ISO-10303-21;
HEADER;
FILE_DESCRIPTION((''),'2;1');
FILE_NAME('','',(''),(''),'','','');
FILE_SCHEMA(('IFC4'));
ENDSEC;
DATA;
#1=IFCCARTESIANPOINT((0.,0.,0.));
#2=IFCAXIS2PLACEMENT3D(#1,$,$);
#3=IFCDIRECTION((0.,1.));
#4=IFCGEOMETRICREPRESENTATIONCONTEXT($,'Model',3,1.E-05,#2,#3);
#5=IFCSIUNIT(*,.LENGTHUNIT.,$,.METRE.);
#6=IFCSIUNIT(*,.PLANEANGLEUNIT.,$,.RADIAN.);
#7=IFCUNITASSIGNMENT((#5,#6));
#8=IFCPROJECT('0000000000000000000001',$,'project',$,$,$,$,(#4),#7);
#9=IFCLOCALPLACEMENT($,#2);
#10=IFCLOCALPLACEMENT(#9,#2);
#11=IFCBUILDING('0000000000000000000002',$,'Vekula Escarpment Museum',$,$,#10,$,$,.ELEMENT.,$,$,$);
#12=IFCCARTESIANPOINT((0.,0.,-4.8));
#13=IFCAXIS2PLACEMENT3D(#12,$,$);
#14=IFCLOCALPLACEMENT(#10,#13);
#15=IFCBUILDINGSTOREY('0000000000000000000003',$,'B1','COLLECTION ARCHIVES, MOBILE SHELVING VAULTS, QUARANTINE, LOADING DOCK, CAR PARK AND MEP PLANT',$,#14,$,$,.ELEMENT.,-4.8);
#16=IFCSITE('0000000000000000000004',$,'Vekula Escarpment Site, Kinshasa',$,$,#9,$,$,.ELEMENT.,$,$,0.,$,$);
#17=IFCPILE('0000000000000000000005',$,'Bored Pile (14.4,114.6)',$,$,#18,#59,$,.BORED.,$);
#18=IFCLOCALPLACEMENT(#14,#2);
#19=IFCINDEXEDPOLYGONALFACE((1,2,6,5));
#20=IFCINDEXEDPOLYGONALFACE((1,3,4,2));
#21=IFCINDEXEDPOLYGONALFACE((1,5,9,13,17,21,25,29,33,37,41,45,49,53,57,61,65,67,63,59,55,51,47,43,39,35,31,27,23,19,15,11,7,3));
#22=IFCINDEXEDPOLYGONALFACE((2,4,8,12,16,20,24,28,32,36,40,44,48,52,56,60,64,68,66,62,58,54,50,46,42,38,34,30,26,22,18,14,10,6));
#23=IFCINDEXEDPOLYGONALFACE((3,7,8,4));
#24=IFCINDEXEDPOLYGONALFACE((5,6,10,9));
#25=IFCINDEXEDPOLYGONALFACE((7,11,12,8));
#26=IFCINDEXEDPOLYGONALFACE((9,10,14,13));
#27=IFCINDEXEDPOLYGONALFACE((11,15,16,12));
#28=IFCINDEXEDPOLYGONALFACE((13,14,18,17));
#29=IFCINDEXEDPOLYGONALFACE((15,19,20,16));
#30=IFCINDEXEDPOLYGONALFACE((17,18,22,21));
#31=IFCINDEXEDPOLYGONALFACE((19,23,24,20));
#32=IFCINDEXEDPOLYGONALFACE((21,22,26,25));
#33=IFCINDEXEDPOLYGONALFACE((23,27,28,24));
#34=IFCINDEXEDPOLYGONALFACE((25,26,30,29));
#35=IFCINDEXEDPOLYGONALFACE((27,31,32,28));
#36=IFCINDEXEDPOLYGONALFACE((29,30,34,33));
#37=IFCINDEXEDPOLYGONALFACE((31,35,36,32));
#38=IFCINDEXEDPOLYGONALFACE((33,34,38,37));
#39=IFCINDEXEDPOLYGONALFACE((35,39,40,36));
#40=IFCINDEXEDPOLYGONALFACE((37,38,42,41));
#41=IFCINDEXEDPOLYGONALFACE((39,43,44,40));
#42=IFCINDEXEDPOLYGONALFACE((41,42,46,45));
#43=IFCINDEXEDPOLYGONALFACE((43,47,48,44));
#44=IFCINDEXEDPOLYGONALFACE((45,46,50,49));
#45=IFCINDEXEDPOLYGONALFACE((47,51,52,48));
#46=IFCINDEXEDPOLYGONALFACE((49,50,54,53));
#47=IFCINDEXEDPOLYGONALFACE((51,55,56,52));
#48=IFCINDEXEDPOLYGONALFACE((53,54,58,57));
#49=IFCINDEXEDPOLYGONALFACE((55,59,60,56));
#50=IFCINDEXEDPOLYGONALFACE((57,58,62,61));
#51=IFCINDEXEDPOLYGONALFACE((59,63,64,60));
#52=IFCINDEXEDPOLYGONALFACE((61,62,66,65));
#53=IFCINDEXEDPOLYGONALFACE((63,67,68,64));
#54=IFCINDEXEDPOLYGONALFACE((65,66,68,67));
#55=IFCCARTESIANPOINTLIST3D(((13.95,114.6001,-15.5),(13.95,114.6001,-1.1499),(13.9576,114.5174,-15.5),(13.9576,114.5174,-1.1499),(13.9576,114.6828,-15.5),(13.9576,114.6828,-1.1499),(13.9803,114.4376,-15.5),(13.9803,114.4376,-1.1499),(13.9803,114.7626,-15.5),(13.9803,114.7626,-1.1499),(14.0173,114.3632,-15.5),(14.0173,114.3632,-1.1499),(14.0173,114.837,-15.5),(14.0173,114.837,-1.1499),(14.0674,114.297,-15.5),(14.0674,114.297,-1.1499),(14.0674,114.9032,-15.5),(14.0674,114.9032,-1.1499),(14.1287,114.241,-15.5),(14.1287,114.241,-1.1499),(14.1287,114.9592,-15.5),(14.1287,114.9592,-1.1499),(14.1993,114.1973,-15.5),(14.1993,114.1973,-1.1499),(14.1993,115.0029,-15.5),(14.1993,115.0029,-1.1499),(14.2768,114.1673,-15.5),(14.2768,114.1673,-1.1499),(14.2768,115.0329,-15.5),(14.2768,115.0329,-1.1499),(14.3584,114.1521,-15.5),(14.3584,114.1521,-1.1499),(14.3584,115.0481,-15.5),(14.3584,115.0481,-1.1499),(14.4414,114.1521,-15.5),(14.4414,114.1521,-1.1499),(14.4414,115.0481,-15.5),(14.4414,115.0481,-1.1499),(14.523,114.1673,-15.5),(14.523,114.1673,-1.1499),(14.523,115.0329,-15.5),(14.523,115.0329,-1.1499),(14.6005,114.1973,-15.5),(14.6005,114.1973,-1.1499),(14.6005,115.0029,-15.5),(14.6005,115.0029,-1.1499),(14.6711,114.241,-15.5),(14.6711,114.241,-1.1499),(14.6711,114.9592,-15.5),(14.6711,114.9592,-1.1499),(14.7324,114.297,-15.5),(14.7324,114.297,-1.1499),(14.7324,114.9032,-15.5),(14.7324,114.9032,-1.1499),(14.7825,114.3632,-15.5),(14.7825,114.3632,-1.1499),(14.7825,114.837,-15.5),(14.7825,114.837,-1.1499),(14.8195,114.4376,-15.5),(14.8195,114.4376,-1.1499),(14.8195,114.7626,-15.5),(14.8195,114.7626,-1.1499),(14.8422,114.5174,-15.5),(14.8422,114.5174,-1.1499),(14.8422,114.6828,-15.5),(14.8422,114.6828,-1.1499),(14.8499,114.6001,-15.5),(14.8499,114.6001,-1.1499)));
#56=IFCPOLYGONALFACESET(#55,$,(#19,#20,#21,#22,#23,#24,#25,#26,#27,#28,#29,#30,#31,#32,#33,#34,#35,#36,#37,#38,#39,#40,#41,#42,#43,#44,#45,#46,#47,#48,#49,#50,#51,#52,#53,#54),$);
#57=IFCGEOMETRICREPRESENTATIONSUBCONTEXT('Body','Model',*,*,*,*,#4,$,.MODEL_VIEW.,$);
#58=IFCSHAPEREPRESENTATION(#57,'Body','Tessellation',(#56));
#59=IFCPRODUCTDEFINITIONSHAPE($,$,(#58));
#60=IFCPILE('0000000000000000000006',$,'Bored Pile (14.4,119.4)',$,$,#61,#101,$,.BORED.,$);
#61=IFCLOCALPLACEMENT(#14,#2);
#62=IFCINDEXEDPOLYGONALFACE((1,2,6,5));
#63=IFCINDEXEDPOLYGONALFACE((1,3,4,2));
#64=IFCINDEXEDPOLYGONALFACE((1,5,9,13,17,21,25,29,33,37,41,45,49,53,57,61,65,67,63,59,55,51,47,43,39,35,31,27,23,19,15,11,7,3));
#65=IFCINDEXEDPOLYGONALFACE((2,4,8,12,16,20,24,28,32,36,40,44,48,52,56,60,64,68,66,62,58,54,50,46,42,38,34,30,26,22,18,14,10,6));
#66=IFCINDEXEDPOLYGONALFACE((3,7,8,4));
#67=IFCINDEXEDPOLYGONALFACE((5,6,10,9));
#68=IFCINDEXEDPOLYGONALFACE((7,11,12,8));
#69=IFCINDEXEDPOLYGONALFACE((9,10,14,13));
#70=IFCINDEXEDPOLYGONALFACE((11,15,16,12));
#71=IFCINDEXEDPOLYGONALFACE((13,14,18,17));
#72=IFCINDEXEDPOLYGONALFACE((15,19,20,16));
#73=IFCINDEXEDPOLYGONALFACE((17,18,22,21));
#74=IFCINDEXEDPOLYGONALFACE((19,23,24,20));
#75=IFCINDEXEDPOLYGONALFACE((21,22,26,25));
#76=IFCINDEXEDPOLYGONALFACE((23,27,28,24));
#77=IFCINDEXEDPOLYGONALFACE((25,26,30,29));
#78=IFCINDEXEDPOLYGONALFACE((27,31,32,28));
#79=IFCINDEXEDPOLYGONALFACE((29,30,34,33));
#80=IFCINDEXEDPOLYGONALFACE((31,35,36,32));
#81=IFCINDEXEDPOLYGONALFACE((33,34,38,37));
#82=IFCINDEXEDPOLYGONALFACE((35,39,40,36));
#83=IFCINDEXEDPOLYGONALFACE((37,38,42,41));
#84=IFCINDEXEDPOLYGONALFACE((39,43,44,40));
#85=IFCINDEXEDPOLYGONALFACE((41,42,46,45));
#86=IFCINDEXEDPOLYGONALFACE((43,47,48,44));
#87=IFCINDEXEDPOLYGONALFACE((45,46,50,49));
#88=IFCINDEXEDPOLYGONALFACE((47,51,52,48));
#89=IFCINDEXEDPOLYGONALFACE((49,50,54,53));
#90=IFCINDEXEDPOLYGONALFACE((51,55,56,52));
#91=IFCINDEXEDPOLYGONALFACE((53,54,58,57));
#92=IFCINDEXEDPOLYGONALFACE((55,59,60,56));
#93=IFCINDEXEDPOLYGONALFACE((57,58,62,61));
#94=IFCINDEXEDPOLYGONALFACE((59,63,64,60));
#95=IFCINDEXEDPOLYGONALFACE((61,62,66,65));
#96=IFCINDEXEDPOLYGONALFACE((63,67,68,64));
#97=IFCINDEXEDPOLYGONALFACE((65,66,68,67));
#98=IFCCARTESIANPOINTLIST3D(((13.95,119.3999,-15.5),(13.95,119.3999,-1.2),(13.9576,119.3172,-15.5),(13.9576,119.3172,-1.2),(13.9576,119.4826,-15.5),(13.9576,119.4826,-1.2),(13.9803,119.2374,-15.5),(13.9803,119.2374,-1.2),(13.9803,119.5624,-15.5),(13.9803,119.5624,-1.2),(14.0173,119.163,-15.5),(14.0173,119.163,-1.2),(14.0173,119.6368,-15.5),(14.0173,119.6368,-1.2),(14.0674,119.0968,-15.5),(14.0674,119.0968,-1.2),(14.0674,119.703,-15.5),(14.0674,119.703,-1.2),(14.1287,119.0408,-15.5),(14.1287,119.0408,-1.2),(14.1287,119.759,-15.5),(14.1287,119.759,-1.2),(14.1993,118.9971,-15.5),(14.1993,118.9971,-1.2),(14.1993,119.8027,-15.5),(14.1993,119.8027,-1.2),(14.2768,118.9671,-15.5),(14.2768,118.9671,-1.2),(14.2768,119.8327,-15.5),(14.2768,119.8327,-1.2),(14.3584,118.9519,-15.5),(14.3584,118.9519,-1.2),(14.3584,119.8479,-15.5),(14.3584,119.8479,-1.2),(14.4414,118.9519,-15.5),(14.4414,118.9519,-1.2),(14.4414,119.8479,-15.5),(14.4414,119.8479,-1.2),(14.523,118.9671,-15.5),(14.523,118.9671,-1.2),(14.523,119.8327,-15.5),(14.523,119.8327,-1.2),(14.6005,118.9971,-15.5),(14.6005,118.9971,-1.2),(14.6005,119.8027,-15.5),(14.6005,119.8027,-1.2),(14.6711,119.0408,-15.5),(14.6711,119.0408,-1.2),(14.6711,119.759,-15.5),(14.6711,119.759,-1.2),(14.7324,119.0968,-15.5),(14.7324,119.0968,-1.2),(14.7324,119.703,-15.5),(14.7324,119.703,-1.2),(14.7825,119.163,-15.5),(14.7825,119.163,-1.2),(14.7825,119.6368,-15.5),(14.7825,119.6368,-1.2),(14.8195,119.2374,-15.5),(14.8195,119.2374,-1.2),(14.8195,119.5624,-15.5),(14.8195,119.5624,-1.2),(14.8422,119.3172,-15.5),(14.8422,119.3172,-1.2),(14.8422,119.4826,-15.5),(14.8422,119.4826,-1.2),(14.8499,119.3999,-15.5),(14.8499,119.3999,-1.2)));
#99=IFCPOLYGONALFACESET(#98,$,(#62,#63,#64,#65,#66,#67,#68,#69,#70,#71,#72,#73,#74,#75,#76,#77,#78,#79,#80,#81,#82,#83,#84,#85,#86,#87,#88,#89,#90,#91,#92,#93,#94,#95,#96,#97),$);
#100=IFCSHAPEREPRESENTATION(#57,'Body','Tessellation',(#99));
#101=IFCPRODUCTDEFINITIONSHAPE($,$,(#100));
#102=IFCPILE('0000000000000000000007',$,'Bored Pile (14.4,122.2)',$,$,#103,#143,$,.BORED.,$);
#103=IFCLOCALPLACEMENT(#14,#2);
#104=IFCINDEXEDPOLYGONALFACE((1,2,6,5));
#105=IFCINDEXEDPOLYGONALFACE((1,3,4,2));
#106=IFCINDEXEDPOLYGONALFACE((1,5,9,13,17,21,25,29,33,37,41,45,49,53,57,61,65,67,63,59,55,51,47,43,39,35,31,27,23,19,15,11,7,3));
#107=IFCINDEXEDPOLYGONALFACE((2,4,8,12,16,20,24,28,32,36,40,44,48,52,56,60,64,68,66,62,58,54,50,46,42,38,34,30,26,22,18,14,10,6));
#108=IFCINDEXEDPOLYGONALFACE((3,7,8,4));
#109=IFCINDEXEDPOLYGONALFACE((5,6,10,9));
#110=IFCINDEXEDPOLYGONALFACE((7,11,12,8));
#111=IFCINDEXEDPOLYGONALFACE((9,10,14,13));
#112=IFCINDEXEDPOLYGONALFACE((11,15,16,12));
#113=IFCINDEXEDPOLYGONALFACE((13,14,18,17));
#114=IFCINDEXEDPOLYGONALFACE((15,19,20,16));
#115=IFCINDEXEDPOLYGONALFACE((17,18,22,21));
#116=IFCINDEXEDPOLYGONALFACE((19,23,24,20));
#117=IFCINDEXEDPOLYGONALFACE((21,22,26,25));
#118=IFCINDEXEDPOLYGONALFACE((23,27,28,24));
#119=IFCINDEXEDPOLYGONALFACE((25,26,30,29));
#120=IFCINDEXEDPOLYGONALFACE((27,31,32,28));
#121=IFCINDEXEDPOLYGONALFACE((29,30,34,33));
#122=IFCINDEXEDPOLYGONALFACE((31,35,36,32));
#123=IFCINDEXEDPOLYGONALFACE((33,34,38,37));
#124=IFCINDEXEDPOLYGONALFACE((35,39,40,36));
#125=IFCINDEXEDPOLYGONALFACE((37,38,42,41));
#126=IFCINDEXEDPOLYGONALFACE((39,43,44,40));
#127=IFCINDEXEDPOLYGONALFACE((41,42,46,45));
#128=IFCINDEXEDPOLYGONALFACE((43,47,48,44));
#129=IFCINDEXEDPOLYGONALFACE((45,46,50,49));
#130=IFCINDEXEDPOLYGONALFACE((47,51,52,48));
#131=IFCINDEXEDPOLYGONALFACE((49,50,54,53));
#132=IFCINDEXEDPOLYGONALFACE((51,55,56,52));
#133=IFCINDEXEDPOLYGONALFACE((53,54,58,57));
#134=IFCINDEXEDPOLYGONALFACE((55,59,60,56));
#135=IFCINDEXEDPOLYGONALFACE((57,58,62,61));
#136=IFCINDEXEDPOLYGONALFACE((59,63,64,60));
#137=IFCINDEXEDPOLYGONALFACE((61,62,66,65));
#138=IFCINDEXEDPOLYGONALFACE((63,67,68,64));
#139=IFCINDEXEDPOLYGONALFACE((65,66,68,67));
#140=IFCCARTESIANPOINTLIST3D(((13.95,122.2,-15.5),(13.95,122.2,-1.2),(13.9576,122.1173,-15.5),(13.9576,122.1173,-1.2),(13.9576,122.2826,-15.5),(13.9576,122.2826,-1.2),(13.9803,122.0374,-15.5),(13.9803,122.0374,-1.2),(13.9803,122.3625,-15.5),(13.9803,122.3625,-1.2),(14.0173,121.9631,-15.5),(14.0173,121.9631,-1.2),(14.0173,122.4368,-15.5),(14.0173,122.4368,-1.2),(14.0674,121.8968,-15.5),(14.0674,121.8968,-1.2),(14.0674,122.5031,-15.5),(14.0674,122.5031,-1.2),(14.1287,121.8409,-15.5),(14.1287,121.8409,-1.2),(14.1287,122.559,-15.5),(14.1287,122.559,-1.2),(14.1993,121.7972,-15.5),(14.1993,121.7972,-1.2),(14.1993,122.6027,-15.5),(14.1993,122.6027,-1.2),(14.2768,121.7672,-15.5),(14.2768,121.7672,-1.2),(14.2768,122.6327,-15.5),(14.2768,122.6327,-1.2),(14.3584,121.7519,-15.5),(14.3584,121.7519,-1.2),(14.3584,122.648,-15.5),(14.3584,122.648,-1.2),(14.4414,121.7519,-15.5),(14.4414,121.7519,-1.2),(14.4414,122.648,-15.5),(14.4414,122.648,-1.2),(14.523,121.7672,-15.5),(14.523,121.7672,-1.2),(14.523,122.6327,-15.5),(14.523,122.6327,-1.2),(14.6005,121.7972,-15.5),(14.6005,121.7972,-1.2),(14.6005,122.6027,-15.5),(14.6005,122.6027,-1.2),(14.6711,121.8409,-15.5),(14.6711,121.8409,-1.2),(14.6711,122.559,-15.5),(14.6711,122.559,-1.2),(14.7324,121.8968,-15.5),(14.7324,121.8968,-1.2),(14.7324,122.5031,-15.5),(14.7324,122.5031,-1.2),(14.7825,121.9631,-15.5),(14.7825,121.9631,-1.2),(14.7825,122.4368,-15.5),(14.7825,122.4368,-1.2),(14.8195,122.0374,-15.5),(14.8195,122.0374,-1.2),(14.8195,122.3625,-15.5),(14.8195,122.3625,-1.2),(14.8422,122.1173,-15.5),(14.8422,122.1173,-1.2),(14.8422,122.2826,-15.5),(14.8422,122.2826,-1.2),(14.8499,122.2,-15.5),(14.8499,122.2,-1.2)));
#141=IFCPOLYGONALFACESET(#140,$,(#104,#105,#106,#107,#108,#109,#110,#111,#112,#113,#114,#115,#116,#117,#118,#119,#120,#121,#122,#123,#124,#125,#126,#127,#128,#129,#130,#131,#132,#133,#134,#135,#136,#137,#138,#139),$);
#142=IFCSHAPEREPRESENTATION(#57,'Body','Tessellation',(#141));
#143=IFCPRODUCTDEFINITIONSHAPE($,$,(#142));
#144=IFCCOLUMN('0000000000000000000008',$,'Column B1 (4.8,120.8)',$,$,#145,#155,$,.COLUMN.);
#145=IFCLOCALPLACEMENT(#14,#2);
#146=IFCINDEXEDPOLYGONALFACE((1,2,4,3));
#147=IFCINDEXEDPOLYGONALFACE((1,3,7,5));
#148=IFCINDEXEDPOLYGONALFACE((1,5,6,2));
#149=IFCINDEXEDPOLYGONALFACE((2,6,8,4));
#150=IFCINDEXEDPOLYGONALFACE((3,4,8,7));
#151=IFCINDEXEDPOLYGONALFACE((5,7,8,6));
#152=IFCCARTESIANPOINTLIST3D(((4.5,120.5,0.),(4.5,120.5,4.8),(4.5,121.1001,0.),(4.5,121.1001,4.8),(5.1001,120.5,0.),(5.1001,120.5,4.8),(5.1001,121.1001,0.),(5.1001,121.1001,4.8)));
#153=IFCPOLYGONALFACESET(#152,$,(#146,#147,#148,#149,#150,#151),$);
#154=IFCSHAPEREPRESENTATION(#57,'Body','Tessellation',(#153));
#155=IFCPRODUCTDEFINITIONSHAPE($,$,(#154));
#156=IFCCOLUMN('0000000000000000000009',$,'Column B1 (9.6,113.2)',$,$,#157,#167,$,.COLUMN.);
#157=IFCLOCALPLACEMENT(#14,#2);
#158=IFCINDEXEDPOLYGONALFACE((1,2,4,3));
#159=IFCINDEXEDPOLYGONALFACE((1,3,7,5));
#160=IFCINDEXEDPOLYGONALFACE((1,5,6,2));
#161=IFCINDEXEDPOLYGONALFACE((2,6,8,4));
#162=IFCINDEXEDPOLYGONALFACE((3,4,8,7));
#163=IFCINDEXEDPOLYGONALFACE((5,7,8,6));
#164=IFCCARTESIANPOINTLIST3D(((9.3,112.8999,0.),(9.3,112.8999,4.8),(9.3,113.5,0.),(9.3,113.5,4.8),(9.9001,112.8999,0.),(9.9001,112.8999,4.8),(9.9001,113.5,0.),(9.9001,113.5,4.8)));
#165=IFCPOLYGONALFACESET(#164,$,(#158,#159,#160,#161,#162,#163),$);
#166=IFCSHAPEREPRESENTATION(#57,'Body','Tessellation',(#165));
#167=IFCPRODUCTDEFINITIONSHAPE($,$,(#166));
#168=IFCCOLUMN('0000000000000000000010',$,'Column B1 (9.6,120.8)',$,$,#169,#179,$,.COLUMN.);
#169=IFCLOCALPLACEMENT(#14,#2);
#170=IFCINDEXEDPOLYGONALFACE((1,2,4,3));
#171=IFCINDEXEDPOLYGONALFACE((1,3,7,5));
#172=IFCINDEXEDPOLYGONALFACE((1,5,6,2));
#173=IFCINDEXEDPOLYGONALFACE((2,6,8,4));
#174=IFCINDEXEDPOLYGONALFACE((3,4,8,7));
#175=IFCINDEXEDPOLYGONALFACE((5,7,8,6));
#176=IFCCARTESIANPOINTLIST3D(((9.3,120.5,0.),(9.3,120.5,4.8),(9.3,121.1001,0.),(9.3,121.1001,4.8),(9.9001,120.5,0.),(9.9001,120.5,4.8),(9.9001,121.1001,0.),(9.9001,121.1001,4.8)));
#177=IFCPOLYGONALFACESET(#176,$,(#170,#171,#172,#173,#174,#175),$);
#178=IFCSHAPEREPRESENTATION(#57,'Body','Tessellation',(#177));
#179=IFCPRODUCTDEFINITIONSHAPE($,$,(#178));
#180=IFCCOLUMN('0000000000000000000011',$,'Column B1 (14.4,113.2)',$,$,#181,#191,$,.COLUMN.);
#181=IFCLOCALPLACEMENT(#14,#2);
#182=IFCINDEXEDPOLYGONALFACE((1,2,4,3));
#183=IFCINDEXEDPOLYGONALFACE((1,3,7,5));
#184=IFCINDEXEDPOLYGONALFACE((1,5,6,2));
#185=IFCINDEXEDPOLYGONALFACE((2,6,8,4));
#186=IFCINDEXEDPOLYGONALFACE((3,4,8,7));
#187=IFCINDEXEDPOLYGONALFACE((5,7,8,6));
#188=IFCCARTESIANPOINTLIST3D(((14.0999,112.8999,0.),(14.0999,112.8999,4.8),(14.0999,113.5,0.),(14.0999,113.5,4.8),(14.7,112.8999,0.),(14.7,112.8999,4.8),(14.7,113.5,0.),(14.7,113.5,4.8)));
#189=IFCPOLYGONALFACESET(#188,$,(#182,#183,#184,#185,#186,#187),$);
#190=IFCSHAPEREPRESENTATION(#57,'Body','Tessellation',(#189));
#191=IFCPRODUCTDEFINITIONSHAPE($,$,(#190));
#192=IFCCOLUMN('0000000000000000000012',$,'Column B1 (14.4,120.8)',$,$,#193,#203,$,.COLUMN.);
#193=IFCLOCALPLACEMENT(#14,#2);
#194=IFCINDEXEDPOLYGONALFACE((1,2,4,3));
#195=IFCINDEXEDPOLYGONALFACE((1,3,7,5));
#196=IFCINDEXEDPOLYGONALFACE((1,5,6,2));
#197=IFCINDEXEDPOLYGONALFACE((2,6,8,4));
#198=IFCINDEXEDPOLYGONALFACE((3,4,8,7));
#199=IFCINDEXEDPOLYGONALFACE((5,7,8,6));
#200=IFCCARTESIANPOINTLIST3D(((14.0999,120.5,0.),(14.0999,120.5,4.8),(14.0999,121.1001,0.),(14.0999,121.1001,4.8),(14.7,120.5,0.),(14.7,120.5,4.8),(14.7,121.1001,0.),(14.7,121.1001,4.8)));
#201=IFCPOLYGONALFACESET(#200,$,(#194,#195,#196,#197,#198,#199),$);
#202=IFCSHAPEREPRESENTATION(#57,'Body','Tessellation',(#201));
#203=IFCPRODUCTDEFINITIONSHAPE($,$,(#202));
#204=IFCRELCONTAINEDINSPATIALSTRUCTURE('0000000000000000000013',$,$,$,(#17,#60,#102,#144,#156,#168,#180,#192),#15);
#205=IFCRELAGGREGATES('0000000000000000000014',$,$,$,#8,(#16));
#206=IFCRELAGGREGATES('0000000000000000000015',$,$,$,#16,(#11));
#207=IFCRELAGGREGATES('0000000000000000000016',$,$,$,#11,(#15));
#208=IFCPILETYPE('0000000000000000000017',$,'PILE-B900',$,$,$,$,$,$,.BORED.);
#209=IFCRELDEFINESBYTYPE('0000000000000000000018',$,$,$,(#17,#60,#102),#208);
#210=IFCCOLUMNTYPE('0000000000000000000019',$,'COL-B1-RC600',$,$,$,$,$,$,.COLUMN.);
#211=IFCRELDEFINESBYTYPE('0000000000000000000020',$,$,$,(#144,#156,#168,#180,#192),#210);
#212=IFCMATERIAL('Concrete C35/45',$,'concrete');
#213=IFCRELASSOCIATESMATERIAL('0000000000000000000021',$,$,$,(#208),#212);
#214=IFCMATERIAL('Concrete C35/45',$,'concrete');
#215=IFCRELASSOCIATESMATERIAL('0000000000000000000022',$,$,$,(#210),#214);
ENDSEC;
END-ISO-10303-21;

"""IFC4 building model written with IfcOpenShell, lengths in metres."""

from ifc_helpers import new_model, si_unit, direction, frame, origin, origin_2d, place, context, subcontext, project, spatial, rectangle, circle, extrude, material, material_profile, profile_set, type_object, element, save


model = new_model("IFC4")

# Units and contexts
model_context = context("Model", 3, precision=1e-05, world=origin(), true_north=direction((0.0, 1.0)))
body_context = subcontext(model_context, "Body", "Model", "MODEL_VIEW")
ifc_project = project(units=[si_unit("LENGTHUNIT", "METRE"), si_unit("PLANEANGLEUNIT", "RADIAN")], contexts=[model_context])

# Site, building, storey
site_placement = place(None, origin())
site = spatial("IfcSite", under=ifc_project, at=site_placement, Name="Vekula Escarpment Site, Kinshasa", CompositionType="ELEMENT", RefElevation=0.0)
building_placement = place(site_placement, origin())
building = spatial("IfcBuilding", under=site, at=building_placement, Name="Vekula Escarpment Museum", CompositionType="ELEMENT")
storey_placement = place(building_placement, frame((0.0, 0.0, -4.8)))
storey = spatial("IfcBuildingStorey", under=building, at=storey_placement, Name="B1", Description="COLLECTION ARCHIVES, MOBILE SHELVING VAULTS, QUARANTINE, LOADING DOCK, CAR PARK AND MEP PLANT", CompositionType="ELEMENT", Elevation=-4.8)

# Piles
ifc_material_1 = material(Name="Concrete C35/45", Category="concrete")
ifc_material_profile_1 = material_profile(ifc_material_1, circle(Radius=0.45, at=origin_2d()), Name="BORED PILE 900")
ifc_profile_set_1 = profile_set([ifc_material_profile_1], Name="Concrete C35/45")
pile_type = type_object("IfcPileType", Name="PILE-B900", PredefinedType="BORED", material=ifc_profile_set_1)
pile_1_placement = place(storey_placement, frame((14.3999, 114.6001, -1.1499), z_axis=(0.0, 0.0, -1.0), x_axis=(1.0, 0.0, 0.0)))
element("IfcPile", 1, at=pile_1_placement, inside=storey, type_object=pile_type, Name="Bored Pile (14.4,114.6)", PredefinedType="BORED", context=body_context, shape_type="SweptSolid", body=[
    extrude(circle(Radius=0.45, at=origin_2d()), origin(), (0.0, 0.0, 1.0), 14.3501),
])
for number, where, z_axis, x_axis, name in (
    (2, (14.3999, 119.3999, -1.2), (0.0, 0.0, -1.0), (1.0, 0.0, 0.0), "Bored Pile (14.4,119.4)"),
    (3, (14.3999, 122.2, -1.2), (0.0, 0.0, -1.0), (1.0, 0.0, 0.0), "Bored Pile (14.4,122.2)"),
):
    element("IfcPile", number, at=place(storey_placement, frame(where, z_axis=z_axis, x_axis=x_axis)), inside=storey, type_object=pile_type, Name=name, PredefinedType="BORED", context=body_context, shape_type="SweptSolid", body=[
        extrude(circle(Radius=0.45, at=origin_2d()), origin(), (0.0, 0.0, 1.0), 14.3),
    ])

# Columns
ifc_material_2 = material(Name="Concrete C35/45", Category="concrete")
ifc_material_profile_2 = material_profile(ifc_material_2, rectangle(XDim=0.6001, YDim=0.6001, at=origin_2d()), Name="RC 600x600")
ifc_profile_set_2 = profile_set([ifc_material_profile_2], Name="Concrete C35/45")
column_type = type_object("IfcColumnType", Name="COL-B1-RC600", PredefinedType="COLUMN", material=ifc_profile_set_2)
for number, where, z_axis, x_axis, name in (
    (4, (4.8, 120.8, 0.0), (0.0, 0.0, 1.0), (1.0, 0.0, 0.0), "Column B1 (4.8,120.8)"),
    (5, (9.6001, 113.2, 0.0), (0.0, 0.0, 1.0), (1.0, 0.0, 0.0), "Column B1 (9.6,113.2)"),
    (6, (9.6001, 120.8, 0.0), (0.0, 0.0, 1.0), (1.0, 0.0, 0.0), "Column B1 (9.6,120.8)"),
    (7, (14.3999, 113.2, 0.0), (0.0, 0.0, 1.0), (1.0, 0.0, 0.0), "Column B1 (14.4,113.2)"),
    (8, (14.3999, 120.8, 0.0), (0.0, 0.0, 1.0), (1.0, 0.0, 0.0), "Column B1 (14.4,120.8)"),
):
    element("IfcColumn", number, at=place(storey_placement, frame(where, z_axis=z_axis, x_axis=x_axis)), inside=storey, type_object=column_type, Name=name, PredefinedType="COLUMN", context=body_context, shape_type="SweptSolid", body=[
        extrude(rectangle(XDim=0.6001, YDim=0.6001, at=origin_2d()), origin(), (0.0, 0.0, 1.0), 4.8),
    ])

save(model, "model.ifc")
